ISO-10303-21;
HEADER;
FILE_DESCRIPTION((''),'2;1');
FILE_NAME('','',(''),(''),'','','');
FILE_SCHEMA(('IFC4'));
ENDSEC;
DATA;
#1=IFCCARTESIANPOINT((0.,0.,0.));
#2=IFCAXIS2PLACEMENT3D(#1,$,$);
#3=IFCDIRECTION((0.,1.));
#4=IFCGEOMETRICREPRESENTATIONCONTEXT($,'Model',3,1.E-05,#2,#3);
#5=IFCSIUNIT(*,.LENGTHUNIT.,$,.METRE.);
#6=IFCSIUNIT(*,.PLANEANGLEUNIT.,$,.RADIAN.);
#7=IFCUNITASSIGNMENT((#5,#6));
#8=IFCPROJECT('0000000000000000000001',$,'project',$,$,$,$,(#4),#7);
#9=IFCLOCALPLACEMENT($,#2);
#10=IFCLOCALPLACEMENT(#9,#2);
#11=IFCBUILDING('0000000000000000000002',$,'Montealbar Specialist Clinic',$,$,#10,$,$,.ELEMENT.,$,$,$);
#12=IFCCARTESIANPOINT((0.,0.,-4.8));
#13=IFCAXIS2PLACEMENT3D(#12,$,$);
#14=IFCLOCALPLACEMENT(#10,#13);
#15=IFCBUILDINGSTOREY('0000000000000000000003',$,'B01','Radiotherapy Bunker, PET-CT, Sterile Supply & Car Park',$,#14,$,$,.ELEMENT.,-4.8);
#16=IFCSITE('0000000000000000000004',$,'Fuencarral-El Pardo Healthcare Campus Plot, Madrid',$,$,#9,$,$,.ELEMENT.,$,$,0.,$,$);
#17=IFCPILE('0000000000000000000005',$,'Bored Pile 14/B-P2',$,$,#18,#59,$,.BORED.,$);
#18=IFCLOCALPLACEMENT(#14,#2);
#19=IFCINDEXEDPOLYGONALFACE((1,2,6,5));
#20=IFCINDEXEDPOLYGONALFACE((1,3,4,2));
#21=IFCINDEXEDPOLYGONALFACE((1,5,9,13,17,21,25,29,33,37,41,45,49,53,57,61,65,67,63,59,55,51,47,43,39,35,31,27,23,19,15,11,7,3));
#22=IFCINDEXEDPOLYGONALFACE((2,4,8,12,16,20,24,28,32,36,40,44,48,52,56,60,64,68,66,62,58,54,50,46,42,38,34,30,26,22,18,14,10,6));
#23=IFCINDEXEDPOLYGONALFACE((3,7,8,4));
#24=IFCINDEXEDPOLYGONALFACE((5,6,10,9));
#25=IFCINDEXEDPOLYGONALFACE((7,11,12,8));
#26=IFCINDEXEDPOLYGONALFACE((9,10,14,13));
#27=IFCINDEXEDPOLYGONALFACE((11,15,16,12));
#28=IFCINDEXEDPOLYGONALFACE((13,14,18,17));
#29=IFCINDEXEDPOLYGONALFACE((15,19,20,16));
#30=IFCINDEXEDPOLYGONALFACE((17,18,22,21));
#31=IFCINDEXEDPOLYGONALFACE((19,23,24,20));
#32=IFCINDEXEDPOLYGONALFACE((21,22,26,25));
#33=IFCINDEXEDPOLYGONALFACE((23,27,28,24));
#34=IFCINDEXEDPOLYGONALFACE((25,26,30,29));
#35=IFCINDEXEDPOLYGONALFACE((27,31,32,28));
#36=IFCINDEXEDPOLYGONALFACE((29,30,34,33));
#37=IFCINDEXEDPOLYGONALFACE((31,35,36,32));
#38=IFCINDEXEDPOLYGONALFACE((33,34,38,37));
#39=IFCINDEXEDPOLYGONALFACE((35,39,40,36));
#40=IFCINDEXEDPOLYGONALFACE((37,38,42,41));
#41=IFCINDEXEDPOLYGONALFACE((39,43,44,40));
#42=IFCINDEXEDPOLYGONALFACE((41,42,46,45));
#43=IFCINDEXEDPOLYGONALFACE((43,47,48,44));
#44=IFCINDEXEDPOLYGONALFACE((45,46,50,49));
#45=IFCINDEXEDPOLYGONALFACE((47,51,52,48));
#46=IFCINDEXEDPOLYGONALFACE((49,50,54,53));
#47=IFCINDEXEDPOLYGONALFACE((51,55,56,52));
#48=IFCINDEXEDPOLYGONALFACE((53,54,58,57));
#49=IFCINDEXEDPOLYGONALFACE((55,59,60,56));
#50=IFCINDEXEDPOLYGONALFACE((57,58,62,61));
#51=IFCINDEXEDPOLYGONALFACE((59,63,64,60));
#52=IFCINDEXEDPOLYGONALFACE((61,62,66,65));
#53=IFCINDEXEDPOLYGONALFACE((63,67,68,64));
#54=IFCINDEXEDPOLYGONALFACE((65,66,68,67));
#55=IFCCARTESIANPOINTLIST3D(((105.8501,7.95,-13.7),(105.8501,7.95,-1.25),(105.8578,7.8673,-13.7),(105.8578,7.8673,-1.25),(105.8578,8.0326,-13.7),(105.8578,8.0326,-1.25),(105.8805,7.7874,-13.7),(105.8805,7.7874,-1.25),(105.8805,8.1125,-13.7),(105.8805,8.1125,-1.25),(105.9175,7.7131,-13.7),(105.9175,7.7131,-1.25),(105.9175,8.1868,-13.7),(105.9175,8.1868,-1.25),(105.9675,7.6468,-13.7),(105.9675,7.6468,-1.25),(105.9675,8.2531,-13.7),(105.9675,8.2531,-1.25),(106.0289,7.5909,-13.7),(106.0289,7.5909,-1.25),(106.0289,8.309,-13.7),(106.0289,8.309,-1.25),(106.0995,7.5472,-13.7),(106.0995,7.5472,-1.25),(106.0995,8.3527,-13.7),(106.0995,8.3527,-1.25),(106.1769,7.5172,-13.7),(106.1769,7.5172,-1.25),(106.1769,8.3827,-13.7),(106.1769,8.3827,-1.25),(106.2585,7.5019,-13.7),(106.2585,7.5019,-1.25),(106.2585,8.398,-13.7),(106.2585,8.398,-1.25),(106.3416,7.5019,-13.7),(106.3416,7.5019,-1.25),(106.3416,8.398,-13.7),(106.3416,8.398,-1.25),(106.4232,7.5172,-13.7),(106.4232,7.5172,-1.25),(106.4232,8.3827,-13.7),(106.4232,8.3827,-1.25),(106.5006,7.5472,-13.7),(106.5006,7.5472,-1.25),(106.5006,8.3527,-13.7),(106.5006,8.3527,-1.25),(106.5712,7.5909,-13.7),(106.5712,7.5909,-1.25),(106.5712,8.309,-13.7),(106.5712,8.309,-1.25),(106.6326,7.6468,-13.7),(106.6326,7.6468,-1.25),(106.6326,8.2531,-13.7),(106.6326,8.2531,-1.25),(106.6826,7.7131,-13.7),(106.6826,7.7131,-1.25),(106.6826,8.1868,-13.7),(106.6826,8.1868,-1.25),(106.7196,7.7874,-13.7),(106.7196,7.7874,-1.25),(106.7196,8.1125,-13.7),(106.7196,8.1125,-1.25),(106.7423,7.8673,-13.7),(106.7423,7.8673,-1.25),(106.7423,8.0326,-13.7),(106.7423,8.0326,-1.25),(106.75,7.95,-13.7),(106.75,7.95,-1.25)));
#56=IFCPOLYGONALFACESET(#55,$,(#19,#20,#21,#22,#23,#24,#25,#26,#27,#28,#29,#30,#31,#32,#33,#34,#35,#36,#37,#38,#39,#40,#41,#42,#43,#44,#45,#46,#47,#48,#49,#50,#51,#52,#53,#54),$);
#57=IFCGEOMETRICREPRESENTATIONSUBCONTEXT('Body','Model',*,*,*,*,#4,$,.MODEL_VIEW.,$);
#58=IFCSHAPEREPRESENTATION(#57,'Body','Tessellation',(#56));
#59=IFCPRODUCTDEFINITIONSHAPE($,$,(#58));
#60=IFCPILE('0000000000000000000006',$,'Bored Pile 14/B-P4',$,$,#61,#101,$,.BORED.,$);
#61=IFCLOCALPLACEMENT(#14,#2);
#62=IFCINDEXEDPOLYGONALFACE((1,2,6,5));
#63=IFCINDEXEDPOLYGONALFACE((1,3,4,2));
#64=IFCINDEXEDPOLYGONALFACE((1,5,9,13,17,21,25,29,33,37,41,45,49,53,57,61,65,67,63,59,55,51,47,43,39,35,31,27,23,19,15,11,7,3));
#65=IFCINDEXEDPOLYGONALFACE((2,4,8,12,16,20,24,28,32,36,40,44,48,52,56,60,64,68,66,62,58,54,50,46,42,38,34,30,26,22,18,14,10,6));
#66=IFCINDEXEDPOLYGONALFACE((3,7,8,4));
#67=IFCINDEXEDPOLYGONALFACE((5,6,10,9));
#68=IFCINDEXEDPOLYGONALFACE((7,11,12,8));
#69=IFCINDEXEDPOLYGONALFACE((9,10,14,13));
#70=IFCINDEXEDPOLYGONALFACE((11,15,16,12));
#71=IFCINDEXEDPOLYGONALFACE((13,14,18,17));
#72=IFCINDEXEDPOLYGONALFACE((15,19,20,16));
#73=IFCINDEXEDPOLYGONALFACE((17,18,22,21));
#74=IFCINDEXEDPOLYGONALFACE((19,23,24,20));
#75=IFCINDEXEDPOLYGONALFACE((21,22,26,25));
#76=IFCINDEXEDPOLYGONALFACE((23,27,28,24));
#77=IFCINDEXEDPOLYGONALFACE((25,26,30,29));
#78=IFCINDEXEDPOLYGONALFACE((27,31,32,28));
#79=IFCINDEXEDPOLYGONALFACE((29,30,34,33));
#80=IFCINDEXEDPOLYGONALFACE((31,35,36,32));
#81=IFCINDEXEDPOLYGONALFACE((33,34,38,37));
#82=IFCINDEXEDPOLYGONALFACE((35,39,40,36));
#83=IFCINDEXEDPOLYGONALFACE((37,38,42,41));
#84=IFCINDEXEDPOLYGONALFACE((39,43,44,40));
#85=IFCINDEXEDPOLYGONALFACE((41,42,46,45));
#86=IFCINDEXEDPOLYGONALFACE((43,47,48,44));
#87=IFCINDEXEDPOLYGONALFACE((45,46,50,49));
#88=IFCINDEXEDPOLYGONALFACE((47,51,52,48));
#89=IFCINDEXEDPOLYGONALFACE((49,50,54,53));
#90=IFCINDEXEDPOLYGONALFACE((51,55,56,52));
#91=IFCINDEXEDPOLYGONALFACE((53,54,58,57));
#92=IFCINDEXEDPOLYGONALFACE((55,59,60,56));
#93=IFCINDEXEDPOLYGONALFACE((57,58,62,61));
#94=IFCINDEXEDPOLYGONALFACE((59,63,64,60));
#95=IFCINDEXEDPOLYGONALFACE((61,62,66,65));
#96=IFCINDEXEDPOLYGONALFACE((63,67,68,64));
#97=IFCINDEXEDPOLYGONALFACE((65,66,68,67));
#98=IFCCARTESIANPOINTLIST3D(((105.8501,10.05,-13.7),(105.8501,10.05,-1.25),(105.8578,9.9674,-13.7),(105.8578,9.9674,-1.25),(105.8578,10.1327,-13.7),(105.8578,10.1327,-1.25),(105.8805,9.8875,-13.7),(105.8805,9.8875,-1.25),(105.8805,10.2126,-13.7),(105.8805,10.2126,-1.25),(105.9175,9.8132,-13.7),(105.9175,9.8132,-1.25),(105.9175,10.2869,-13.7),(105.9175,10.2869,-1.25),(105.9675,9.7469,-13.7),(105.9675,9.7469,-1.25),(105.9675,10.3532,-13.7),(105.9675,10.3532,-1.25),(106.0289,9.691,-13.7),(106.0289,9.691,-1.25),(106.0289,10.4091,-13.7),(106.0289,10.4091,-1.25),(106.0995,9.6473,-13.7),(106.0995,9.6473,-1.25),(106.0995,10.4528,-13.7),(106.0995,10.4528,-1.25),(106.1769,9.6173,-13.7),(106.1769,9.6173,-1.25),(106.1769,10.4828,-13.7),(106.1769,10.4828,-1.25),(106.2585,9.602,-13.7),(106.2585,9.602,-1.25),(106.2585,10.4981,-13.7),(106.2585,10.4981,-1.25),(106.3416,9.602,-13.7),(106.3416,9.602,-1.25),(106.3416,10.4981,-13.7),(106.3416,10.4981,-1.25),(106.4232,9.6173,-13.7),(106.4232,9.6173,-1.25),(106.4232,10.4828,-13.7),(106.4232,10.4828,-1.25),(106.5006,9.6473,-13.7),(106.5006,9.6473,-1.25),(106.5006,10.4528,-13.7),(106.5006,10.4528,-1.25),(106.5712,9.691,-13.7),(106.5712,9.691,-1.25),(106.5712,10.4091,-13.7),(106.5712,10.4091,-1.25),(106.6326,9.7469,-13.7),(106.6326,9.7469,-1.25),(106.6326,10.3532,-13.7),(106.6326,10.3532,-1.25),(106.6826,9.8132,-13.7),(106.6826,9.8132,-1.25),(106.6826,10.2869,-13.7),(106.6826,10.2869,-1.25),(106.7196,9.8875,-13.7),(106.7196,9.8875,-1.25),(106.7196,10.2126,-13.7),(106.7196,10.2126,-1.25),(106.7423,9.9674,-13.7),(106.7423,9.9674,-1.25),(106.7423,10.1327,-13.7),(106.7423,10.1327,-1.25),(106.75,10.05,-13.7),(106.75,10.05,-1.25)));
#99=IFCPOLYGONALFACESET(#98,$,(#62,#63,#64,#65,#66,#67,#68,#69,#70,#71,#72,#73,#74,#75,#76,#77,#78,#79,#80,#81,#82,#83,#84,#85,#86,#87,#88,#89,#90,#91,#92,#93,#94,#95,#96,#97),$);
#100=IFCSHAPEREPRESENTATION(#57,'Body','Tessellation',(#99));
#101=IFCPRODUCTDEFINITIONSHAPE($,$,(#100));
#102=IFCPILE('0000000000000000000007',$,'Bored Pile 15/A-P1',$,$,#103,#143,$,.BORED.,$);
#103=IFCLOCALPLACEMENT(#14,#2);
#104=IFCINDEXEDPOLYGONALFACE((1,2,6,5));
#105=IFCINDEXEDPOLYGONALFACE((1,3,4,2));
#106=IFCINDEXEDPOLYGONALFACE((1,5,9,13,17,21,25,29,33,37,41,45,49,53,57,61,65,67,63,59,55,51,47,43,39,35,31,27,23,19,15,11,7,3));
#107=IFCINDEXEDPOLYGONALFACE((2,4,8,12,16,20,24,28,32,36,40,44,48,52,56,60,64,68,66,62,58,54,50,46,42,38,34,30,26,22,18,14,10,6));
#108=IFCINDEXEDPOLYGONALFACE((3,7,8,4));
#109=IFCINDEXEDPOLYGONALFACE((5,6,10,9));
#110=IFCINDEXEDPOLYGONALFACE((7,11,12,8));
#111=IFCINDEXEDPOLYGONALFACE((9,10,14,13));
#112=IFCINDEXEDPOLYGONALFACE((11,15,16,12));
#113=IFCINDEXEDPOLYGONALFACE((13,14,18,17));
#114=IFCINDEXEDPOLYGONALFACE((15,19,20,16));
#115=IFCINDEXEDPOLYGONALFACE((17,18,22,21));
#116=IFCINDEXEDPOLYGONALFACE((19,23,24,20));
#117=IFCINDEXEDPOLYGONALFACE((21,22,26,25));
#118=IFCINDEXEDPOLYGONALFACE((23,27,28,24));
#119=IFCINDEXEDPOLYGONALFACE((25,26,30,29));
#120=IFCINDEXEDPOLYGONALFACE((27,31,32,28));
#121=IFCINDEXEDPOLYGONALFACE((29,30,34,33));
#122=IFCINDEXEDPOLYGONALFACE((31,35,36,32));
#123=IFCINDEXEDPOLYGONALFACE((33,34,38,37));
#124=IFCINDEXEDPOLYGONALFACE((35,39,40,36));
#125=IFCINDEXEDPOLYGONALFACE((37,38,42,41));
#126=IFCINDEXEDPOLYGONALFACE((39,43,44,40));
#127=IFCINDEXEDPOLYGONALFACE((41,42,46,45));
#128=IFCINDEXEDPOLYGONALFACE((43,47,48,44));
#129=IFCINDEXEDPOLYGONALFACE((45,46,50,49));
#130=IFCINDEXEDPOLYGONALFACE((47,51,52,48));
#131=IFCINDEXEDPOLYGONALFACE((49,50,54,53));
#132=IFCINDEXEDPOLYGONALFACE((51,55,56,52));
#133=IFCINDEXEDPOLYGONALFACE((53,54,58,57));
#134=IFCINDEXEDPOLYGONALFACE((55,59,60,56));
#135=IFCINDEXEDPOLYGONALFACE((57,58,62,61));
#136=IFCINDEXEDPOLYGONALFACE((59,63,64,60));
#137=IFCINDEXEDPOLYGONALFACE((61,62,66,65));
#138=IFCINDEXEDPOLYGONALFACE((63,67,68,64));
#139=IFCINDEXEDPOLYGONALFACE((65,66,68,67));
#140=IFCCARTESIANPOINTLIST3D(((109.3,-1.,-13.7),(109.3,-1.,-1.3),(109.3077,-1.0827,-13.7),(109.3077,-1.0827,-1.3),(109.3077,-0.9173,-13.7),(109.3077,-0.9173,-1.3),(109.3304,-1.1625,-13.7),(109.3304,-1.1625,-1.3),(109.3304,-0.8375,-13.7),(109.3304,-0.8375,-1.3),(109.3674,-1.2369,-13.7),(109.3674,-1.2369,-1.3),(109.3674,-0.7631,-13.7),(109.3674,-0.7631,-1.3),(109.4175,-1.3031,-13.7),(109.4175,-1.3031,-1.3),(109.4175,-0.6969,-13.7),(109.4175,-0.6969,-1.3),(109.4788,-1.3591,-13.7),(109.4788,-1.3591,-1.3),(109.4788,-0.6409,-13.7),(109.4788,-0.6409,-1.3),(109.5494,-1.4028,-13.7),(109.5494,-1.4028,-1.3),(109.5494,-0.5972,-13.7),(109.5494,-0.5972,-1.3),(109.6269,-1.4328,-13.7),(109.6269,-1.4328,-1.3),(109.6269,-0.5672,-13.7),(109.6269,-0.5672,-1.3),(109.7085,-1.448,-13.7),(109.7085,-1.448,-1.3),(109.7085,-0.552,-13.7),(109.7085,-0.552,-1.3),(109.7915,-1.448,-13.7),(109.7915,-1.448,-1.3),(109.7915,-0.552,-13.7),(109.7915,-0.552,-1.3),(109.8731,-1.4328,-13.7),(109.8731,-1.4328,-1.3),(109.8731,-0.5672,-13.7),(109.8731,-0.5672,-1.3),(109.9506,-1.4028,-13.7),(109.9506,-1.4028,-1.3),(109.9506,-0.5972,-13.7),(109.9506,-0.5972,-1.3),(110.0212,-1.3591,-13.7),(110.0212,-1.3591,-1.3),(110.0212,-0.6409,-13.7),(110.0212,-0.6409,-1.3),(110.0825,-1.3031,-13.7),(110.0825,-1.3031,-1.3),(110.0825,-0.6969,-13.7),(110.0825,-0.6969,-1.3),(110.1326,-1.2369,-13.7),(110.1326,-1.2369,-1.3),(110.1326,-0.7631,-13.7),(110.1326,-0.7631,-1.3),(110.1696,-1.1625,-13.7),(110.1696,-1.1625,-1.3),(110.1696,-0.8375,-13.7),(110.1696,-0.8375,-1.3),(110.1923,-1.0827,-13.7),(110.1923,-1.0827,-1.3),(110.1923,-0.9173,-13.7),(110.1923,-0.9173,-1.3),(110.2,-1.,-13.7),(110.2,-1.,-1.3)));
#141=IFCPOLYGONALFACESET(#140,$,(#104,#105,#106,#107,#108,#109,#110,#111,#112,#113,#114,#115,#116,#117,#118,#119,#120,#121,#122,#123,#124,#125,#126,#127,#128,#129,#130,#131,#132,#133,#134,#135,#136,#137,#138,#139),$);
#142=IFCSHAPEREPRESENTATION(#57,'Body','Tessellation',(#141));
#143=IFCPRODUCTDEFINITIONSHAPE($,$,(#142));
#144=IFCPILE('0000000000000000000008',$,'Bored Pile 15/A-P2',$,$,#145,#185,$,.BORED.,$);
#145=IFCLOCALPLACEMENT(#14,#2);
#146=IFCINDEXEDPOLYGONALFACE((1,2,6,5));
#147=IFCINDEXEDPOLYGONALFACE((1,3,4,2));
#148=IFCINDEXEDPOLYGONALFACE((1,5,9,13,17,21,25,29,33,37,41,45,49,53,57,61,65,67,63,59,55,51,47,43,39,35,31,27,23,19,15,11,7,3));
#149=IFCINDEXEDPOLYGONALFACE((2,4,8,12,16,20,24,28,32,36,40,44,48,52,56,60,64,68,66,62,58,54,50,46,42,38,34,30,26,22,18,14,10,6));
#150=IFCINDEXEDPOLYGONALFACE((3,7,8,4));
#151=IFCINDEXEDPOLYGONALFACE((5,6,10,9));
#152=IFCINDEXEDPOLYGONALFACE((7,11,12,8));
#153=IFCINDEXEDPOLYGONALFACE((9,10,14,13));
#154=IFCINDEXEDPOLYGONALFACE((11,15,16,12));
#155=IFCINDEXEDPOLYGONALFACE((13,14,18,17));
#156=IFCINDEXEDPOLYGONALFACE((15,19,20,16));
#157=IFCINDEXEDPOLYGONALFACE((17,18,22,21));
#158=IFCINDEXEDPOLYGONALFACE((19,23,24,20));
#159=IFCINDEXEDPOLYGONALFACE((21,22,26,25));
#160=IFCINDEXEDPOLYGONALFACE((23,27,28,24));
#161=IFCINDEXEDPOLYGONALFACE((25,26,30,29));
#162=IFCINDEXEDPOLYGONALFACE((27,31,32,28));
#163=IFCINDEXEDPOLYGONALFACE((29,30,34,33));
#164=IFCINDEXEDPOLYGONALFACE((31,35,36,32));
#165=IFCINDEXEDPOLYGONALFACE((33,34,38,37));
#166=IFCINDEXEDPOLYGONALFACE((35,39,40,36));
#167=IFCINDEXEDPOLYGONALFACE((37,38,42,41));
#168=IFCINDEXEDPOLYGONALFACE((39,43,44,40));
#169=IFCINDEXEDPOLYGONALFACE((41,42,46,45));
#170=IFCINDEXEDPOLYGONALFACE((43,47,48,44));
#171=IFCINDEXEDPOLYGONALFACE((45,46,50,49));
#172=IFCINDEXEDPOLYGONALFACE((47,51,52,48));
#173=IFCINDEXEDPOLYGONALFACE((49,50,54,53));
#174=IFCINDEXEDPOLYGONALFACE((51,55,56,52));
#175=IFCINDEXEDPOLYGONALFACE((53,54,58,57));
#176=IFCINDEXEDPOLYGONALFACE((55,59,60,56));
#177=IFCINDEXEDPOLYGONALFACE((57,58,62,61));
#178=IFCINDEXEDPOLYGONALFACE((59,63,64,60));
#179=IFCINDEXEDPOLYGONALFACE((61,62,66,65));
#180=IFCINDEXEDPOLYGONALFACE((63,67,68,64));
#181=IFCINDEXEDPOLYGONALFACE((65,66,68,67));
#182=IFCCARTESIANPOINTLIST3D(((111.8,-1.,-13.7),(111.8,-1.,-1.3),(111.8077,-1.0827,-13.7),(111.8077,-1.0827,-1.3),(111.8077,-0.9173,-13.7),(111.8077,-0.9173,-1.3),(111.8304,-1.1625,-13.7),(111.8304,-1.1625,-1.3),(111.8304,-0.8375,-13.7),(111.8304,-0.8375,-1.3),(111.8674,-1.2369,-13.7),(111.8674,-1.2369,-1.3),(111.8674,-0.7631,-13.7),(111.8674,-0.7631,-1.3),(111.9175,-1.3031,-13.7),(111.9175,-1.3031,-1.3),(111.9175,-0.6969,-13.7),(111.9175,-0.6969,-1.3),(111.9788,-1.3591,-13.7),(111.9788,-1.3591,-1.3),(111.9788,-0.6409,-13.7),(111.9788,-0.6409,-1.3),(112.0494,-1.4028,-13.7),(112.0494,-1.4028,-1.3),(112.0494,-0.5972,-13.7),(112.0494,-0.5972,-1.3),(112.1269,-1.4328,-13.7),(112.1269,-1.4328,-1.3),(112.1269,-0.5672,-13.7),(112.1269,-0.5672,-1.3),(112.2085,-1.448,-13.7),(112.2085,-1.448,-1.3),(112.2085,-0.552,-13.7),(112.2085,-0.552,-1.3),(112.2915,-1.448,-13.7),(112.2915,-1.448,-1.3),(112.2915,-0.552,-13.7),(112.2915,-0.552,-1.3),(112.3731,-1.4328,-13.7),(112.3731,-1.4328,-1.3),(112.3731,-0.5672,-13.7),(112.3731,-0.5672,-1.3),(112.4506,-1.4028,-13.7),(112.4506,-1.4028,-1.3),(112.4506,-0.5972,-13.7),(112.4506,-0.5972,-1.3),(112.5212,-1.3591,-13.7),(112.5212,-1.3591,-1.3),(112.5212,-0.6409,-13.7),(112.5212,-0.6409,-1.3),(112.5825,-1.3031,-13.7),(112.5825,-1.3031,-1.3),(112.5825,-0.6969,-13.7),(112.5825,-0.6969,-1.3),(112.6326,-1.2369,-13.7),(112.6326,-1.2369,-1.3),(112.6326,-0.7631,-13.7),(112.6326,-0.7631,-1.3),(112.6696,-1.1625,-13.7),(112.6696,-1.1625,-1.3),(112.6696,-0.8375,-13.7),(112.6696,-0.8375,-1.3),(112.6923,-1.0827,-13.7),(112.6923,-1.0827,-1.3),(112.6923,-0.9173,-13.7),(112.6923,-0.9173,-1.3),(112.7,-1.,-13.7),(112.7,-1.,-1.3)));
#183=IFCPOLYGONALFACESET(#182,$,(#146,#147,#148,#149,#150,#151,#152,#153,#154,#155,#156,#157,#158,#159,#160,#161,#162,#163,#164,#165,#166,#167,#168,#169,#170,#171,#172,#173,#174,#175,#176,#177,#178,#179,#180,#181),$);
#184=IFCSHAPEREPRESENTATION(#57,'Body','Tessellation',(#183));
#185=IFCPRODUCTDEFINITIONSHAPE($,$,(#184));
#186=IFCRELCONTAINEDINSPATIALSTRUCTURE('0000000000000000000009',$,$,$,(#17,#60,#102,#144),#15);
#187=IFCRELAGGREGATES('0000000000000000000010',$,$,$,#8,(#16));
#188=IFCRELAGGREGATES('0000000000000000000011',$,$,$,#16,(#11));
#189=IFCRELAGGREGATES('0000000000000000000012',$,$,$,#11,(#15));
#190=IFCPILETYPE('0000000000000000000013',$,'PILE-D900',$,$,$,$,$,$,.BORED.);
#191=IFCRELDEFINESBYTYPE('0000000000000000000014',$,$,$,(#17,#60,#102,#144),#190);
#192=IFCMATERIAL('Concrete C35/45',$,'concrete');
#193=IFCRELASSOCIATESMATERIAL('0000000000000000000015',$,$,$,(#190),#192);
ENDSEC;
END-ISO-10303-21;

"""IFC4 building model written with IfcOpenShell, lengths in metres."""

from ifc_helpers import new_model, si_unit, direction, frame, origin, origin_2d, place, context, subcontext, project, spatial, circle, extrude, material, material_profile, profile_set, type_object, element, save


model = new_model("IFC4")

# Units and contexts
model_context = context("Model", 3, precision=1e-05, world=origin(), true_north=direction((0.0, 1.0)))
body_context = subcontext(model_context, "Body", "Model", "MODEL_VIEW")
ifc_project = project(units=[si_unit("LENGTHUNIT", "METRE"), si_unit("PLANEANGLEUNIT", "RADIAN")], contexts=[model_context])

# Site, building, storey
site_placement = place(None, origin())
site = spatial("IfcSite", under=ifc_project, at=site_placement, Name="Fuencarral-El Pardo Healthcare Campus Plot, Madrid", CompositionType="ELEMENT", RefElevation=0.0)
building_placement = place(site_placement, origin())
building = spatial("IfcBuilding", under=site, at=building_placement, Name="Montealbar Specialist Clinic", CompositionType="ELEMENT")
storey_placement = place(building_placement, frame((0.0, 0.0, -4.8)))
storey = spatial("IfcBuildingStorey", under=building, at=storey_placement, Name="B01", Description="Radiotherapy Bunker, PET-CT, Sterile Supply & Car Park", CompositionType="ELEMENT", Elevation=-4.8)

# Shared definitions
ifc_material_1 = material(Name="Concrete C35/45", Category="concrete")

# Piles
ifc_material_profile_1 = material_profile(ifc_material_1, circle(Radius=0.45, at=origin_2d()), Name="PILE D900", Category="concrete")
ifc_profile_set_1 = profile_set([ifc_material_profile_1], Name="Concrete C35/45")
pile_type_1 = type_object("IfcPileType", Name="PILE-D900", PredefinedType="BORED", material=ifc_profile_set_1)
for number, where, z_axis, x_axis, name in (
    (1, (106.3, 7.95, -1.25), (0.0, 0.0, -1.0), (1.0, 0.0, 0.0), "Bored Pile 14/B-P2"),
    (2, (106.3, 10.05, -1.25), (0.0, 0.0, -1.0), (1.0, 0.0, 0.0), "Bored Pile 14/B-P4"),
):
    element("IfcPile", number, at=place(storey_placement, frame(where, z_axis=z_axis, x_axis=x_axis)), inside=storey, type_object=pile_type_1, Name=name, PredefinedType="BORED", context=body_context, shape_type="SweptSolid", body=[
        extrude(circle(Radius=0.45, at=origin_2d()), origin(), (0.0, 0.0, 1.0), 12.45),
    ])
for number, where, z_axis, x_axis, name in (
    (3, (109.75, -1.0, -1.3), (0.0, 0.0, -1.0), (1.0, 0.0, 0.0), "Bored Pile 15/A-P1"),
    (4, (112.25, -1.0, -1.3), (0.0, 0.0, -1.0), (1.0, 0.0, 0.0), "Bored Pile 15/A-P2"),
):
    element("IfcPile", number, at=place(storey_placement, frame(where, z_axis=z_axis, x_axis=x_axis)), inside=storey, type_object=pile_type_1, Name=name, PredefinedType="BORED", context=body_context, shape_type="SweptSolid", body=[
        extrude(circle(Radius=0.45, at=origin_2d()), origin(), (0.0, 0.0, 1.0), 12.3999),
    ])

save(model, "model.ifc")
